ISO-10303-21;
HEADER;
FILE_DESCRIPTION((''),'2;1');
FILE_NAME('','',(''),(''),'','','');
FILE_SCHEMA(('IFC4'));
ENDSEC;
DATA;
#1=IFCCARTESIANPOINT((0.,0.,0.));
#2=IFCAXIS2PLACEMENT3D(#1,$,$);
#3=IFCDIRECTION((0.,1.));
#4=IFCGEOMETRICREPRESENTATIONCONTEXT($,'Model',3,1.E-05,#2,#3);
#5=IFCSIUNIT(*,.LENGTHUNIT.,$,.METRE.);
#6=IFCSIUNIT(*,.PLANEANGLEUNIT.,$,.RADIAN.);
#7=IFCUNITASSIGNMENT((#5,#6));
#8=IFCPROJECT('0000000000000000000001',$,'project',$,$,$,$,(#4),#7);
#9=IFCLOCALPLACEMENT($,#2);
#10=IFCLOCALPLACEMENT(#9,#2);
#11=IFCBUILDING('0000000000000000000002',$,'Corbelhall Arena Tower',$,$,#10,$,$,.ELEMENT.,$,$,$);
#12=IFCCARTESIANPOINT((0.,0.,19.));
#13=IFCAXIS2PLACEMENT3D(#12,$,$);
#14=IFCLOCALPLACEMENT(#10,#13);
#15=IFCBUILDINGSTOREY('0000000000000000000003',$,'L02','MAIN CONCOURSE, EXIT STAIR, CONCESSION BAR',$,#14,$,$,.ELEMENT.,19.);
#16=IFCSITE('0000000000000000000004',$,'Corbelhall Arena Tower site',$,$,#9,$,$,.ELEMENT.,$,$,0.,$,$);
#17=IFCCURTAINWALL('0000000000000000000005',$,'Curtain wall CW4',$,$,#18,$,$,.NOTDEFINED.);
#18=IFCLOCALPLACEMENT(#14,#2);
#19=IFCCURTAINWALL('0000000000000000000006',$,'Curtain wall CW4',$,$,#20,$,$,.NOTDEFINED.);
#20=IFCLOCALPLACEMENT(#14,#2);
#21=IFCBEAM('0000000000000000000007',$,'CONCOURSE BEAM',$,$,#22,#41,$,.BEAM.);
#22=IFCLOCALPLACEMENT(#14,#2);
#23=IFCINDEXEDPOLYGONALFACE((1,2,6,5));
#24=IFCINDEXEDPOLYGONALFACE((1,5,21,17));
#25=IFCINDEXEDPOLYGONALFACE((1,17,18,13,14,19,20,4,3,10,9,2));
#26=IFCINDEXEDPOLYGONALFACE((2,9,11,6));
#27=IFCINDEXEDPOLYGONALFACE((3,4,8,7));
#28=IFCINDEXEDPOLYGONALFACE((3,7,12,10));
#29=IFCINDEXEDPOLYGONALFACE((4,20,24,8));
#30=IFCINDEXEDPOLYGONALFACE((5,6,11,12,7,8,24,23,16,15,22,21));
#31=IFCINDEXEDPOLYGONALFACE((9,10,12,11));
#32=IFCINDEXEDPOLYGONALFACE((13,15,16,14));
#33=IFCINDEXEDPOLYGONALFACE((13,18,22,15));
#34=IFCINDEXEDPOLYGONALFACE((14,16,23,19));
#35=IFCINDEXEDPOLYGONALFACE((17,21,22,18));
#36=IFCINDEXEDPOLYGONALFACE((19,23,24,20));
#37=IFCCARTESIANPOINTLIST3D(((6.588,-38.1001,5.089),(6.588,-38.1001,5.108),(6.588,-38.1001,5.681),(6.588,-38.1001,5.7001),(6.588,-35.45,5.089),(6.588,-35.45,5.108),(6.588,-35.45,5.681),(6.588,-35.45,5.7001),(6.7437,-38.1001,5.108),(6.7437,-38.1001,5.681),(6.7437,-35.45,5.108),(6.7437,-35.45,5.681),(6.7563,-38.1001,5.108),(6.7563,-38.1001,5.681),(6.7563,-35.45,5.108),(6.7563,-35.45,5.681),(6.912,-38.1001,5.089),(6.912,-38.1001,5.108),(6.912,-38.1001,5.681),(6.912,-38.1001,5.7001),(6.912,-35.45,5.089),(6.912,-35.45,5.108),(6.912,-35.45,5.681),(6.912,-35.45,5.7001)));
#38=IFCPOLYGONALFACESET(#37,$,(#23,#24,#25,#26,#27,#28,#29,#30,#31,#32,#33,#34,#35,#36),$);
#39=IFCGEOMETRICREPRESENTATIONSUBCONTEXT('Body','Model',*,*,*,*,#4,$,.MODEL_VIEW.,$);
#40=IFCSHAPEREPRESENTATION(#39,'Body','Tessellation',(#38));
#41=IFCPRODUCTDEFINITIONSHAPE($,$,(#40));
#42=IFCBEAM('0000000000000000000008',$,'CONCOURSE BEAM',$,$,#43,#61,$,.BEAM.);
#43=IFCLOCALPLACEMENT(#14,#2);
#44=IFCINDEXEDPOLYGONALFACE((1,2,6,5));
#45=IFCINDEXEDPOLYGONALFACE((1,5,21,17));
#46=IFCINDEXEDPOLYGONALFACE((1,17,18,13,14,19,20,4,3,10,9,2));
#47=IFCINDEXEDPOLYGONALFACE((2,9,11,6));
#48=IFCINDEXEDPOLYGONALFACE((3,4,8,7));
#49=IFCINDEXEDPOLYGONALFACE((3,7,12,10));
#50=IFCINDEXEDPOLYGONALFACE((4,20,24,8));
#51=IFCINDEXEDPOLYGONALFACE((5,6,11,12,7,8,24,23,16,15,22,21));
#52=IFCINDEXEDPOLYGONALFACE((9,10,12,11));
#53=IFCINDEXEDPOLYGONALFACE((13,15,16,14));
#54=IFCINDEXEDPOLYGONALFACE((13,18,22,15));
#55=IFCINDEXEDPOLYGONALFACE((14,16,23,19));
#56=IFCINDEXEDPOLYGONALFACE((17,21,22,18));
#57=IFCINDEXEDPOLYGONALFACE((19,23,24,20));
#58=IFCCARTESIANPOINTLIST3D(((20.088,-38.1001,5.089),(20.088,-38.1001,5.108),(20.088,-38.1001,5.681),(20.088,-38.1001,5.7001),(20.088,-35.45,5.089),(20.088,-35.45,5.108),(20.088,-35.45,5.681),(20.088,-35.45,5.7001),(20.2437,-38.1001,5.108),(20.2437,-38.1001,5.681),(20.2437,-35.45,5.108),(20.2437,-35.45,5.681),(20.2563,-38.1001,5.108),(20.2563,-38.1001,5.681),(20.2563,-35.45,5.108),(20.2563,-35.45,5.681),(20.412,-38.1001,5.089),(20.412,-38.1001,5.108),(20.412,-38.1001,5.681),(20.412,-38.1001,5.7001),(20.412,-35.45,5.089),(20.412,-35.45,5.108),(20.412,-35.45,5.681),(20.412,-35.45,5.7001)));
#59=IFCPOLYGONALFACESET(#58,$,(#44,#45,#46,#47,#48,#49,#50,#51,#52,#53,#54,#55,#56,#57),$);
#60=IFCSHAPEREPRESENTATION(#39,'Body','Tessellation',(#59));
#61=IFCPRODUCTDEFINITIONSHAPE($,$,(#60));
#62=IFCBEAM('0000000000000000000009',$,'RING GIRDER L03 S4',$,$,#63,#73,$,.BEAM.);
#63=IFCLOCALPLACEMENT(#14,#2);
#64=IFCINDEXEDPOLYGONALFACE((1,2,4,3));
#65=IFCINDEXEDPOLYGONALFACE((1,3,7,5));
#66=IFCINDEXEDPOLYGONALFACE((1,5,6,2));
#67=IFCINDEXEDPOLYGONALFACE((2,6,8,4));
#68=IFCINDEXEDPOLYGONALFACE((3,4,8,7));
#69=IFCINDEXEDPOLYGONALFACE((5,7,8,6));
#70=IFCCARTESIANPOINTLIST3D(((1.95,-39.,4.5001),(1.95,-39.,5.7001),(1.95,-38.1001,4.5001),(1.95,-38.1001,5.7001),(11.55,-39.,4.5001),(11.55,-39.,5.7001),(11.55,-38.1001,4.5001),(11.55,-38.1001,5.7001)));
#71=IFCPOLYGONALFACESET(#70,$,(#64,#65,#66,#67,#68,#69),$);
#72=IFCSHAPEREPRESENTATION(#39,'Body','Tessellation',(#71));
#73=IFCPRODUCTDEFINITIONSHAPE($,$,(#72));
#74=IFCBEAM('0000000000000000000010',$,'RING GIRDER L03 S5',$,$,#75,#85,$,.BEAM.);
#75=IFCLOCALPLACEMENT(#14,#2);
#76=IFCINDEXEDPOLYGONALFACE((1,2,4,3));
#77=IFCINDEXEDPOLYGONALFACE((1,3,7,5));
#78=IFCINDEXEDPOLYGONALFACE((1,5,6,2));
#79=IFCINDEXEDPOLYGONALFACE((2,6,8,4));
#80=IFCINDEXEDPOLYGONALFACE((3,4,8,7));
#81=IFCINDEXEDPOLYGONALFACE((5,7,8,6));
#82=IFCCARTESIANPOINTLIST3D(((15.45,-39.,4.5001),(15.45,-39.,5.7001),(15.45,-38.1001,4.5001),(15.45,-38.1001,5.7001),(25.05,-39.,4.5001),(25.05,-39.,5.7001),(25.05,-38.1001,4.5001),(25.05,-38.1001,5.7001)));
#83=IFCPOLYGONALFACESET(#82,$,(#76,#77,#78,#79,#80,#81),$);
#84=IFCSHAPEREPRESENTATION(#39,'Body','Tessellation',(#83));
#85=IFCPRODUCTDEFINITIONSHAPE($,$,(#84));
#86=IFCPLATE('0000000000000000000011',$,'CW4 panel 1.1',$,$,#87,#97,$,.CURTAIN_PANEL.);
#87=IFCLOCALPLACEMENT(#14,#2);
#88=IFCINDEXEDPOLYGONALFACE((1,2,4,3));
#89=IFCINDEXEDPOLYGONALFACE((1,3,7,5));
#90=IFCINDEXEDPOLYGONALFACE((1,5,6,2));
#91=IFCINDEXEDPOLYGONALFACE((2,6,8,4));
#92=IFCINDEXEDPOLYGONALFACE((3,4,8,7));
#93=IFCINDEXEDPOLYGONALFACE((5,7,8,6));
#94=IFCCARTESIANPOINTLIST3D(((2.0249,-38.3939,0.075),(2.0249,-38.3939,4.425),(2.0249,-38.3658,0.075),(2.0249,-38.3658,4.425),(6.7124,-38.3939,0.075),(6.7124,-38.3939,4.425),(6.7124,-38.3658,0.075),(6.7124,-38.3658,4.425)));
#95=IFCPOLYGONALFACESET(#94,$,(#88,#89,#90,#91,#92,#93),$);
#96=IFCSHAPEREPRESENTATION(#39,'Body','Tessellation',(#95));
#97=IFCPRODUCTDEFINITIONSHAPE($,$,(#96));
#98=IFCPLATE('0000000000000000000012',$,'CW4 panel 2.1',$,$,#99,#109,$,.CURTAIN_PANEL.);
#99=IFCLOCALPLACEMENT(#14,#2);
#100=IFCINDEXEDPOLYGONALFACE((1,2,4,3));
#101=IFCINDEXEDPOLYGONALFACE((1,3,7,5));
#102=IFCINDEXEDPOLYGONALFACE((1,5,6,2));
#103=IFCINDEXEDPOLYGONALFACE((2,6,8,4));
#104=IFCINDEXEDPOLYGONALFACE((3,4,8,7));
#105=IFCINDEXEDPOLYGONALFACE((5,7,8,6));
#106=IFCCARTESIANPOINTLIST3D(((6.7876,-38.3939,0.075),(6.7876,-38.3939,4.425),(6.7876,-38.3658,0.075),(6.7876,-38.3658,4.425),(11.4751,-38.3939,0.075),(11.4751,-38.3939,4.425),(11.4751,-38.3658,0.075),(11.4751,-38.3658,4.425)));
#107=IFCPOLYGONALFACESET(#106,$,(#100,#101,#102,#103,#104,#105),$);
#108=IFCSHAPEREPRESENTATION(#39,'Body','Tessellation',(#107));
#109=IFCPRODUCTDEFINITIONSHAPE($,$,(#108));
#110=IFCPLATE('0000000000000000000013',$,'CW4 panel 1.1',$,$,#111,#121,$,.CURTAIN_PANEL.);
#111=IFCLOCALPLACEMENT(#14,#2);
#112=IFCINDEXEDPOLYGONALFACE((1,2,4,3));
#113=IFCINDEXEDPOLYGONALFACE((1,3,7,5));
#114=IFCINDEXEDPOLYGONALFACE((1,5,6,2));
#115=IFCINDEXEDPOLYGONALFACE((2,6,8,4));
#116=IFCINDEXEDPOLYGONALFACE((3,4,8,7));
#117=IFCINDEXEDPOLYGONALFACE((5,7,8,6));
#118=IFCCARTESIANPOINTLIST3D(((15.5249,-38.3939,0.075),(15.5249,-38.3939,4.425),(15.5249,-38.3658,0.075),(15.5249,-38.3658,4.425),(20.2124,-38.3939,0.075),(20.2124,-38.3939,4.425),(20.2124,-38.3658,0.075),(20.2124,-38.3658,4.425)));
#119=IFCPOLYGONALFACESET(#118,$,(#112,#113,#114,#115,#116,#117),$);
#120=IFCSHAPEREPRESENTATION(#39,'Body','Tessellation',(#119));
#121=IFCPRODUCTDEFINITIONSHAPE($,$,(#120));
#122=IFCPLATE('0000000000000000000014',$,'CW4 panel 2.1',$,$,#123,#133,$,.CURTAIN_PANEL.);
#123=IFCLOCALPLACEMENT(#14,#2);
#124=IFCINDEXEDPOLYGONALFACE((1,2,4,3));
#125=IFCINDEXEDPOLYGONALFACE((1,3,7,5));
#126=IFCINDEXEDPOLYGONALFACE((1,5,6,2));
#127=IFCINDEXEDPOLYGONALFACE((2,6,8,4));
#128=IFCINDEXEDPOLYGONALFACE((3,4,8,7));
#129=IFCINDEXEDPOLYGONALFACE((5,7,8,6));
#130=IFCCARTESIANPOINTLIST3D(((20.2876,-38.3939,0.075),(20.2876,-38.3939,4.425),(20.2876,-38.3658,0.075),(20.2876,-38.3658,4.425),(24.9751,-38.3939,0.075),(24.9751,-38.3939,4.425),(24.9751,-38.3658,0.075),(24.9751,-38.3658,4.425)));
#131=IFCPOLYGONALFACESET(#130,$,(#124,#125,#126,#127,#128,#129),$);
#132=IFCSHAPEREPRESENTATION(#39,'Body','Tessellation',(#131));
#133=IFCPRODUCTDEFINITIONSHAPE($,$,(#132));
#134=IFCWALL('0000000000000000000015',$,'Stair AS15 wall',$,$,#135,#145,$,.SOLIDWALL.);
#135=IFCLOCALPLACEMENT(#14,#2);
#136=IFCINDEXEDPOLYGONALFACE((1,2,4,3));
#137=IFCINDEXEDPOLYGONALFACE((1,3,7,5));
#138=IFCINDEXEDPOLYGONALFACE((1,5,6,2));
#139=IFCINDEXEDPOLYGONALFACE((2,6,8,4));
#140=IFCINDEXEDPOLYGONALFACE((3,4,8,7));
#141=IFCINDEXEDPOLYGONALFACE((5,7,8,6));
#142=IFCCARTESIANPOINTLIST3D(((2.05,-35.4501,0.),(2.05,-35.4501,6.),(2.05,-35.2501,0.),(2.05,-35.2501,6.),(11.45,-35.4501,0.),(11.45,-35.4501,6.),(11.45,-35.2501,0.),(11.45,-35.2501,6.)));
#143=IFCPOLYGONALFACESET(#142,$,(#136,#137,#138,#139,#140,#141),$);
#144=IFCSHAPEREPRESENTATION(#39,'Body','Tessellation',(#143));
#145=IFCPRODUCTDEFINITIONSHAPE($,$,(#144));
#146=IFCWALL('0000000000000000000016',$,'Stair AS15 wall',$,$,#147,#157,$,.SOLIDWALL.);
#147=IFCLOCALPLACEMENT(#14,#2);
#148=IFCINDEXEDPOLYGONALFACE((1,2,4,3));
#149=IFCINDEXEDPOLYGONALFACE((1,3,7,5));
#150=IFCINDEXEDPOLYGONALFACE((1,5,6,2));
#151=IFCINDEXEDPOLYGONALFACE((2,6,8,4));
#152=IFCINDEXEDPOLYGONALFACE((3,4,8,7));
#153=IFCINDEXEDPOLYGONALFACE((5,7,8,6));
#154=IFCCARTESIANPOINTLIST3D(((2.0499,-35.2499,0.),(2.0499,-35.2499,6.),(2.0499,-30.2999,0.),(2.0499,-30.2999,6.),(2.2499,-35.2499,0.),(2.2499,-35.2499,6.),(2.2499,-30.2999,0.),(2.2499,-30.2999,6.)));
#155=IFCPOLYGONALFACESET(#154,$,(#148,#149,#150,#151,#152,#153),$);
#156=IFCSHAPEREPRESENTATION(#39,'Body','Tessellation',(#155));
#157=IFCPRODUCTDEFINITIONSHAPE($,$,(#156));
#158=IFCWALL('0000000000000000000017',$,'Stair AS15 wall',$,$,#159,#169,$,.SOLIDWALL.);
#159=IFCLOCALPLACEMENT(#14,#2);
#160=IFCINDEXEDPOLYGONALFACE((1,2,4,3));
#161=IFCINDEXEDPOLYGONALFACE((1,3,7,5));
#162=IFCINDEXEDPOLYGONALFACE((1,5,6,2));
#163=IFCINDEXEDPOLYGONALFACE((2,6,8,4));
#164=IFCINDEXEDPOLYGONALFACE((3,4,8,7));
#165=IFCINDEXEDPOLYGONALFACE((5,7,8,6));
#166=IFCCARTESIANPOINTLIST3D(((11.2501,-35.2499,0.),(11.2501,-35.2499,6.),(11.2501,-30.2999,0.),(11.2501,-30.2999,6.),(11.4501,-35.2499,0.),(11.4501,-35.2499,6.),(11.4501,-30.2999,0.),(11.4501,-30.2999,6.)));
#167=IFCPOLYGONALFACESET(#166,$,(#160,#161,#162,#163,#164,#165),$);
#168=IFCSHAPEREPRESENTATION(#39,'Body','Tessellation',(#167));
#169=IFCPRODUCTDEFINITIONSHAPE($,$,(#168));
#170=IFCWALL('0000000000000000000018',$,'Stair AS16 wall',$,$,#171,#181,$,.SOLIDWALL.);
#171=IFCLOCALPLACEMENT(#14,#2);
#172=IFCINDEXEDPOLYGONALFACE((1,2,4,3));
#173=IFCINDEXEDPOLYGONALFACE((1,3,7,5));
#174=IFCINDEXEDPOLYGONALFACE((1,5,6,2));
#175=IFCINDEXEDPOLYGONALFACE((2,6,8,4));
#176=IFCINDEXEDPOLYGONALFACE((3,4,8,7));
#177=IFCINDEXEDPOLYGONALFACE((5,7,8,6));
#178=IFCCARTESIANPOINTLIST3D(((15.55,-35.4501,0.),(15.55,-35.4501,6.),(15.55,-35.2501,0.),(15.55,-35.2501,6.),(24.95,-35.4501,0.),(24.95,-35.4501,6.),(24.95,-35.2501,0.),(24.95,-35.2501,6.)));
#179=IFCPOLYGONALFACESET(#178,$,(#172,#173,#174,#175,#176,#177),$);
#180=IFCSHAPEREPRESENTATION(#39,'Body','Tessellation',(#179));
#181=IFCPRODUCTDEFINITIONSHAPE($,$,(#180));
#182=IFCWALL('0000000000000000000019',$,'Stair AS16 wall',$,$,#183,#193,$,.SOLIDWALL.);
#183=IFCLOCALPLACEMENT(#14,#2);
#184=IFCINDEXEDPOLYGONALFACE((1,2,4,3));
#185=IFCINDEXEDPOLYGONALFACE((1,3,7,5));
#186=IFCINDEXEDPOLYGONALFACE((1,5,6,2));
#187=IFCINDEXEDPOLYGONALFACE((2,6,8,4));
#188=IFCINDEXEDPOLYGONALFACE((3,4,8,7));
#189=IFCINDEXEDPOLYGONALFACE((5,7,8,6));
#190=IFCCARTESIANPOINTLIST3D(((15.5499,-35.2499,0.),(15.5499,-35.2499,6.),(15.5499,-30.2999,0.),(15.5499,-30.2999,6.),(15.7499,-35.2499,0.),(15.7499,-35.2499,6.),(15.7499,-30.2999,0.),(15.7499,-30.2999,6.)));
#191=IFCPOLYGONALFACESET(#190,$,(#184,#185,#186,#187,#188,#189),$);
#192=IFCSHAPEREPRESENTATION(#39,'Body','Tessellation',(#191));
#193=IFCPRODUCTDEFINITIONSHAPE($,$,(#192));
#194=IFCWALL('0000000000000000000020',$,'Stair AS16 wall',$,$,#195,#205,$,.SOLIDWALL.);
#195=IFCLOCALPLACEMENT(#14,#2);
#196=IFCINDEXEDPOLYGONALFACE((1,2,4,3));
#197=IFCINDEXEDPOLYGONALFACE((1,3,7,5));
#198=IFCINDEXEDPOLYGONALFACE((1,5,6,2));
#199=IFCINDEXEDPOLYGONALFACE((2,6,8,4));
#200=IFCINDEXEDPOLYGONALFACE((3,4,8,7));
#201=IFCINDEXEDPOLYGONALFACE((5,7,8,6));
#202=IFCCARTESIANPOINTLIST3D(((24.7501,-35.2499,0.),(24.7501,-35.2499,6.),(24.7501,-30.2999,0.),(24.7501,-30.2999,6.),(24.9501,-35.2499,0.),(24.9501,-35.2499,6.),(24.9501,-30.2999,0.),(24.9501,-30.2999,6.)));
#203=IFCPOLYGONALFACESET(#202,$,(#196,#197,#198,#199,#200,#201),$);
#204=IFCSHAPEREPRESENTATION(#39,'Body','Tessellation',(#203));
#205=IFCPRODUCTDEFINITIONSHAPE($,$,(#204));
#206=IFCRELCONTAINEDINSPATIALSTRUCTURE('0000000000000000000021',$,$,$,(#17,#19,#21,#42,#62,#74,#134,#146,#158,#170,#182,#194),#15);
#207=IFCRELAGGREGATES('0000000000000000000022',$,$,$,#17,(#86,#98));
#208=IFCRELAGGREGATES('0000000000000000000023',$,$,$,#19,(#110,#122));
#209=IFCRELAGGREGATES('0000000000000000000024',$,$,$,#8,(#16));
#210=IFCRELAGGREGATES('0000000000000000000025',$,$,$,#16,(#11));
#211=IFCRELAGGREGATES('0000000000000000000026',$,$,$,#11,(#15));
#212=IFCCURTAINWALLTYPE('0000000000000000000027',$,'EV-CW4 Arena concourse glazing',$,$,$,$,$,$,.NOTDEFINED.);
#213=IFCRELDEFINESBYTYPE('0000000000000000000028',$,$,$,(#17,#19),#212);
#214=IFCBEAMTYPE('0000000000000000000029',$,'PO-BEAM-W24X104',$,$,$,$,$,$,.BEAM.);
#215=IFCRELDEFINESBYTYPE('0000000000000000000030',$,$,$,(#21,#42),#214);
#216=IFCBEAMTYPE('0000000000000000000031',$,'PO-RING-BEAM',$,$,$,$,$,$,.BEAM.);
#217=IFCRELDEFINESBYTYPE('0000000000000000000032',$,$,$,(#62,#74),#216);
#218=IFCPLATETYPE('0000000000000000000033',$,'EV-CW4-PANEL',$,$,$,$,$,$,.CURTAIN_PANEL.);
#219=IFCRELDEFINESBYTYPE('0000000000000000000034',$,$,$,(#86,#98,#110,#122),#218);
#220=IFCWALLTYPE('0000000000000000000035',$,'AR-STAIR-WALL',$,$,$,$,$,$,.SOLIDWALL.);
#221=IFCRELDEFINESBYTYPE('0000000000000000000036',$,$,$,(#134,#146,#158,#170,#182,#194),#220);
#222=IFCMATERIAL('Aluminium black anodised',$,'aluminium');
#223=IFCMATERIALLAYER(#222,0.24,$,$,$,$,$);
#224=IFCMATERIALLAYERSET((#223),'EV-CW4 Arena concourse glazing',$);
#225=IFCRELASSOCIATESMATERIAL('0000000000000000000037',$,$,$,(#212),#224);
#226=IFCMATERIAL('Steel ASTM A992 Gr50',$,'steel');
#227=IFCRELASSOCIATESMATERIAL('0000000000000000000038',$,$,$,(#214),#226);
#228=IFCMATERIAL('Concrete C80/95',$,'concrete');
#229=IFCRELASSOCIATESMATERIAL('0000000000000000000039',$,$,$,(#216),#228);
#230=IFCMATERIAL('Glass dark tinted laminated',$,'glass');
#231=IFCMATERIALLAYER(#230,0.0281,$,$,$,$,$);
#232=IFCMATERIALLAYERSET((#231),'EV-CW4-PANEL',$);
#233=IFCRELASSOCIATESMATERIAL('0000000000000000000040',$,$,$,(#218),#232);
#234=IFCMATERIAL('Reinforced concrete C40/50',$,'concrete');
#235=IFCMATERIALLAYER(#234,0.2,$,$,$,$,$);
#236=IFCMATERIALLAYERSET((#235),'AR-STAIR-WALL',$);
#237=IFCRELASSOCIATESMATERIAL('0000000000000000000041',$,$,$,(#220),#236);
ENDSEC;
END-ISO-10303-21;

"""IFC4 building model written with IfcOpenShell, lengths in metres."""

from ifc_helpers import new_model, si_unit, direction, frame, frame_2d, origin, origin_2d, place, context, subcontext, project, spatial, rectangle, i_section, extrude, material, layer, layer_set, material_profile, profile_set, type_object, element, aggregate, save


model = new_model("IFC4")

# Units and contexts
model_context = context("Model", 3, precision=1e-05, world=origin(), true_north=direction((0.0, 1.0)))
body_context = subcontext(model_context, "Body", "Model", "MODEL_VIEW")
ifc_project = project(units=[si_unit("LENGTHUNIT", "METRE"), si_unit("PLANEANGLEUNIT", "RADIAN")], contexts=[model_context])

# Site, building, storey
site_placement = place(None, origin())
site = spatial("IfcSite", under=ifc_project, at=site_placement, Name="Corbelhall Arena Tower site", CompositionType="ELEMENT", RefElevation=0.0)
building_placement = place(site_placement, origin())
building = spatial("IfcBuilding", under=site, at=building_placement, Name="Corbelhall Arena Tower", CompositionType="ELEMENT")
storey_placement = place(building_placement, frame((0.0, 0.0, 19.0)))
storey = spatial("IfcBuildingStorey", under=building, at=storey_placement, Name="L02", Description="MAIN CONCOURSE, EXIT STAIR, CONCESSION BAR", CompositionType="ELEMENT", Elevation=19.0)

# Shared definitions
ifc_material_1 = material(Name="Concrete C80/95", Category="concrete")

# Curtain walls
ifc_material_2 = material(Name="Aluminium black anodised", Category="aluminium")
ifc_layer_1 = layer(ifc_material_2, 0.24)
ifc_layer_set_1 = layer_set([ifc_layer_1], Name="EV-CW4 Arena concourse glazing")
curtain_wall_type = type_object("IfcCurtainWallType", Name="EV-CW4 Arena concourse glazing", PredefinedType="NOTDEFINED", material=ifc_layer_set_1)
curtain_wall_1_placement = place(storey_placement, origin())
curtain_wall_1 = element("IfcCurtainWall", 1, at=curtain_wall_1_placement, inside=storey, type_object=curtain_wall_type, Name="Curtain wall CW4", PredefinedType="NOTDEFINED")
curtain_wall_2_placement = place(storey_placement, origin())
curtain_wall_2 = element("IfcCurtainWall", 2, at=curtain_wall_2_placement, inside=storey, type_object=curtain_wall_type, Name="Curtain wall CW4", PredefinedType="NOTDEFINED")

# Beams
ifc_material_3 = material(Name="Steel ASTM A992 Gr50", Category="steel")
ifc_material_profile_1 = material_profile(ifc_material_3, i_section(OverallWidth=0.324, OverallDepth=0.6111, WebThickness=0.0127, FlangeThickness=0.019, at=origin_2d()))
ifc_profile_set_1 = profile_set([ifc_material_profile_1], Name="Steel ASTM A992 Gr50")
beam_type_1 = type_object("IfcBeamType", Name="PO-BEAM-W24X104", PredefinedType="BEAM", material=ifc_profile_set_1)
for number, where, z_axis, x_axis, name in (
    (3, (6.75, -35.45, 5.3945), (0.0, -1.0, 0.0), (1.0, 0.0, 0.0), "CONCOURSE BEAM"),
    (4, (20.25, -35.45, 5.3945), (0.0, -1.0, 0.0), (1.0, 0.0, 0.0), "CONCOURSE BEAM"),
):
    element("IfcBeam", number, at=place(storey_placement, frame(where, z_axis=z_axis, x_axis=x_axis)), inside=storey, type_object=beam_type_1, Name=name, PredefinedType="BEAM", context=body_context, shape_type="SweptSolid", body=[
        extrude(i_section(OverallWidth=0.324, OverallDepth=0.6111, WebThickness=0.0127, FlangeThickness=0.019, at=origin_2d()), origin(), (0.0, 0.0, 1.0), 2.6501),
    ])
ifc_material_profile_2 = material_profile(ifc_material_1, rectangle(XDim=0.8999, YDim=1.2, at=origin_2d()))
ifc_profile_set_2 = profile_set([ifc_material_profile_2], Name="Concrete C80/95")
beam_type_2 = type_object("IfcBeamType", Name="PO-RING-BEAM", PredefinedType="BEAM", material=ifc_profile_set_2)
for number, where, z_axis, x_axis, name in (
    (5, (1.95, -38.55, 5.1001), (1.0, 0.0, 0.0), (0.0, 1.0, 0.0), "RING GIRDER L03 S4"),
    (6, (15.45, -38.55, 5.1001), (1.0, 0.0, 0.0), (0.0, 1.0, 0.0), "RING GIRDER L03 S5"),
):
    element("IfcBeam", number, at=place(storey_placement, frame(where, z_axis=z_axis, x_axis=x_axis)), inside=storey, type_object=beam_type_2, Name=name, PredefinedType="BEAM", context=body_context, shape_type="SweptSolid", body=[
        extrude(rectangle(XDim=0.8999, YDim=1.2, at=origin_2d()), origin(), (0.0, 0.0, 1.0), 9.6001),
    ])

# Plates
ifc_material_4 = material(Name="Glass dark tinted laminated", Category="glass")
ifc_layer_2 = layer(ifc_material_4, 0.0281)
ifc_layer_set_2 = layer_set([ifc_layer_2], Name="EV-CW4-PANEL")
plate_type = type_object("IfcPlateType", Name="EV-CW4-PANEL", PredefinedType="CURTAIN_PANEL", material=ifc_layer_set_2)
plate_1_placement = place(storey_placement, frame((4.3687, -38.3799, 0.075), z_axis=(0.0, 0.0, 1.0), x_axis=(1.0, 0.0, 0.0)))
plate_1 = element("IfcPlate", 7, at=plate_1_placement, type_object=plate_type, Name="CW4 panel 1.1", PredefinedType="CURTAIN_PANEL", context=body_context, shape_type="SweptSolid", body=[
    extrude(rectangle(XDim=4.6875, YDim=0.0281, at=origin_2d()), origin(), (0.0, 0.0, 1.0), 4.3501),
])
plate_2_placement = place(storey_placement, frame((9.1313, -38.3799, 0.075), z_axis=(0.0, 0.0, 1.0), x_axis=(1.0, 0.0, 0.0)))
plate_2 = element("IfcPlate", 8, at=plate_2_placement, type_object=plate_type, Name="CW4 panel 2.1", PredefinedType="CURTAIN_PANEL", context=body_context, shape_type="SweptSolid", body=[
    extrude(rectangle(XDim=4.6875, YDim=0.0281, at=origin_2d()), origin(), (0.0, 0.0, 1.0), 4.3501),
])
aggregate(curtain_wall_1, [plate_1, plate_2])
plate_3_placement = place(storey_placement, frame((17.8687, -38.3799, 0.075), z_axis=(0.0, 0.0, 1.0), x_axis=(1.0, 0.0, 0.0)))
plate_3 = element("IfcPlate", 9, at=plate_3_placement, type_object=plate_type, Name="CW4 panel 1.1", PredefinedType="CURTAIN_PANEL", context=body_context, shape_type="SweptSolid", body=[
    extrude(rectangle(XDim=4.6875, YDim=0.0281, at=origin_2d()), origin(), (0.0, 0.0, 1.0), 4.3501),
])
plate_4_placement = place(storey_placement, frame((22.6313, -38.3799, 0.075), z_axis=(0.0, 0.0, 1.0), x_axis=(1.0, 0.0, 0.0)))
plate_4 = element("IfcPlate", 10, at=plate_4_placement, type_object=plate_type, Name="CW4 panel 2.1", PredefinedType="CURTAIN_PANEL", context=body_context, shape_type="SweptSolid", body=[
    extrude(rectangle(XDim=4.6875, YDim=0.0281, at=origin_2d()), origin(), (0.0, 0.0, 1.0), 4.3501),
])
aggregate(curtain_wall_2, [plate_3, plate_4])

# Walls
ifc_material_5 = material(Name="Reinforced concrete C40/50", Category="concrete")
ifc_layer_3 = layer(ifc_material_5, 0.2)
ifc_layer_set_3 = layer_set([ifc_layer_3], Name="AR-STAIR-WALL")
wall_type = type_object("IfcWallType", Name="AR-STAIR-WALL", PredefinedType="SOLIDWALL", material=ifc_layer_set_3)
wall_1_placement = place(storey_placement, frame((2.05, -35.3501, 0.0), z_axis=(0.0, 0.0, 1.0), x_axis=(1.0, 0.0, 0.0)))
element("IfcWall", 11, at=wall_1_placement, inside=storey, type_object=wall_type, Name="Stair AS15 wall", PredefinedType="SOLIDWALL", context=body_context, shape_type="SweptSolid", body=[
    extrude(rectangle(XDim=9.3999, YDim=0.2, at=frame_2d((4.7, 0.0))), origin(), (0.0, 0.0, 1.0), 6.0),
])
for number, where, z_axis, x_axis, name in (
    (12, (2.1499, -35.25, 0.0), (0.0, 0.0, 1.0), (0.0, 1.0, 0.0), "Stair AS15 wall"),
    (13, (11.3501, -35.25, 0.0), (0.0, 0.0, 1.0), (0.0, 1.0, 0.0), "Stair AS15 wall"),
):
    element("IfcWall", number, at=place(storey_placement, frame(where, z_axis=z_axis, x_axis=x_axis)), inside=storey, type_object=wall_type, Name=name, PredefinedType="SOLIDWALL", context=body_context, shape_type="SweptSolid", body=[
        extrude(rectangle(XDim=4.95, YDim=0.2, at=frame_2d((2.4751, 0.0))), origin(), (0.0, 0.0, 1.0), 6.0),
    ])
wall_2_placement = place(storey_placement, frame((15.55, -35.3501, 0.0), z_axis=(0.0, 0.0, 1.0), x_axis=(1.0, 0.0, 0.0)))
element("IfcWall", 14, at=wall_2_placement, inside=storey, type_object=wall_type, Name="Stair AS16 wall", PredefinedType="SOLIDWALL", context=body_context, shape_type="SweptSolid", body=[
    extrude(rectangle(XDim=9.3999, YDim=0.2, at=frame_2d((4.7, 0.0))), origin(), (0.0, 0.0, 1.0), 6.0),
])
for number, where, z_axis, x_axis, name in (
    (15, (15.6499, -35.25, 0.0), (0.0, 0.0, 1.0), (0.0, 1.0, 0.0), "Stair AS16 wall"),
    (16, (24.8501, -35.25, 0.0), (0.0, 0.0, 1.0), (0.0, 1.0, 0.0), "Stair AS16 wall"),
):
    element("IfcWall", number, at=place(storey_placement, frame(where, z_axis=z_axis, x_axis=x_axis)), inside=storey, type_object=wall_type, Name=name, PredefinedType="SOLIDWALL", context=body_context, shape_type="SweptSolid", body=[
        extrude(rectangle(XDim=4.95, YDim=0.2, at=frame_2d((2.4751, 0.0))), origin(), (0.0, 0.0, 1.0), 6.0),
    ])

save(model, "model.ifc")
